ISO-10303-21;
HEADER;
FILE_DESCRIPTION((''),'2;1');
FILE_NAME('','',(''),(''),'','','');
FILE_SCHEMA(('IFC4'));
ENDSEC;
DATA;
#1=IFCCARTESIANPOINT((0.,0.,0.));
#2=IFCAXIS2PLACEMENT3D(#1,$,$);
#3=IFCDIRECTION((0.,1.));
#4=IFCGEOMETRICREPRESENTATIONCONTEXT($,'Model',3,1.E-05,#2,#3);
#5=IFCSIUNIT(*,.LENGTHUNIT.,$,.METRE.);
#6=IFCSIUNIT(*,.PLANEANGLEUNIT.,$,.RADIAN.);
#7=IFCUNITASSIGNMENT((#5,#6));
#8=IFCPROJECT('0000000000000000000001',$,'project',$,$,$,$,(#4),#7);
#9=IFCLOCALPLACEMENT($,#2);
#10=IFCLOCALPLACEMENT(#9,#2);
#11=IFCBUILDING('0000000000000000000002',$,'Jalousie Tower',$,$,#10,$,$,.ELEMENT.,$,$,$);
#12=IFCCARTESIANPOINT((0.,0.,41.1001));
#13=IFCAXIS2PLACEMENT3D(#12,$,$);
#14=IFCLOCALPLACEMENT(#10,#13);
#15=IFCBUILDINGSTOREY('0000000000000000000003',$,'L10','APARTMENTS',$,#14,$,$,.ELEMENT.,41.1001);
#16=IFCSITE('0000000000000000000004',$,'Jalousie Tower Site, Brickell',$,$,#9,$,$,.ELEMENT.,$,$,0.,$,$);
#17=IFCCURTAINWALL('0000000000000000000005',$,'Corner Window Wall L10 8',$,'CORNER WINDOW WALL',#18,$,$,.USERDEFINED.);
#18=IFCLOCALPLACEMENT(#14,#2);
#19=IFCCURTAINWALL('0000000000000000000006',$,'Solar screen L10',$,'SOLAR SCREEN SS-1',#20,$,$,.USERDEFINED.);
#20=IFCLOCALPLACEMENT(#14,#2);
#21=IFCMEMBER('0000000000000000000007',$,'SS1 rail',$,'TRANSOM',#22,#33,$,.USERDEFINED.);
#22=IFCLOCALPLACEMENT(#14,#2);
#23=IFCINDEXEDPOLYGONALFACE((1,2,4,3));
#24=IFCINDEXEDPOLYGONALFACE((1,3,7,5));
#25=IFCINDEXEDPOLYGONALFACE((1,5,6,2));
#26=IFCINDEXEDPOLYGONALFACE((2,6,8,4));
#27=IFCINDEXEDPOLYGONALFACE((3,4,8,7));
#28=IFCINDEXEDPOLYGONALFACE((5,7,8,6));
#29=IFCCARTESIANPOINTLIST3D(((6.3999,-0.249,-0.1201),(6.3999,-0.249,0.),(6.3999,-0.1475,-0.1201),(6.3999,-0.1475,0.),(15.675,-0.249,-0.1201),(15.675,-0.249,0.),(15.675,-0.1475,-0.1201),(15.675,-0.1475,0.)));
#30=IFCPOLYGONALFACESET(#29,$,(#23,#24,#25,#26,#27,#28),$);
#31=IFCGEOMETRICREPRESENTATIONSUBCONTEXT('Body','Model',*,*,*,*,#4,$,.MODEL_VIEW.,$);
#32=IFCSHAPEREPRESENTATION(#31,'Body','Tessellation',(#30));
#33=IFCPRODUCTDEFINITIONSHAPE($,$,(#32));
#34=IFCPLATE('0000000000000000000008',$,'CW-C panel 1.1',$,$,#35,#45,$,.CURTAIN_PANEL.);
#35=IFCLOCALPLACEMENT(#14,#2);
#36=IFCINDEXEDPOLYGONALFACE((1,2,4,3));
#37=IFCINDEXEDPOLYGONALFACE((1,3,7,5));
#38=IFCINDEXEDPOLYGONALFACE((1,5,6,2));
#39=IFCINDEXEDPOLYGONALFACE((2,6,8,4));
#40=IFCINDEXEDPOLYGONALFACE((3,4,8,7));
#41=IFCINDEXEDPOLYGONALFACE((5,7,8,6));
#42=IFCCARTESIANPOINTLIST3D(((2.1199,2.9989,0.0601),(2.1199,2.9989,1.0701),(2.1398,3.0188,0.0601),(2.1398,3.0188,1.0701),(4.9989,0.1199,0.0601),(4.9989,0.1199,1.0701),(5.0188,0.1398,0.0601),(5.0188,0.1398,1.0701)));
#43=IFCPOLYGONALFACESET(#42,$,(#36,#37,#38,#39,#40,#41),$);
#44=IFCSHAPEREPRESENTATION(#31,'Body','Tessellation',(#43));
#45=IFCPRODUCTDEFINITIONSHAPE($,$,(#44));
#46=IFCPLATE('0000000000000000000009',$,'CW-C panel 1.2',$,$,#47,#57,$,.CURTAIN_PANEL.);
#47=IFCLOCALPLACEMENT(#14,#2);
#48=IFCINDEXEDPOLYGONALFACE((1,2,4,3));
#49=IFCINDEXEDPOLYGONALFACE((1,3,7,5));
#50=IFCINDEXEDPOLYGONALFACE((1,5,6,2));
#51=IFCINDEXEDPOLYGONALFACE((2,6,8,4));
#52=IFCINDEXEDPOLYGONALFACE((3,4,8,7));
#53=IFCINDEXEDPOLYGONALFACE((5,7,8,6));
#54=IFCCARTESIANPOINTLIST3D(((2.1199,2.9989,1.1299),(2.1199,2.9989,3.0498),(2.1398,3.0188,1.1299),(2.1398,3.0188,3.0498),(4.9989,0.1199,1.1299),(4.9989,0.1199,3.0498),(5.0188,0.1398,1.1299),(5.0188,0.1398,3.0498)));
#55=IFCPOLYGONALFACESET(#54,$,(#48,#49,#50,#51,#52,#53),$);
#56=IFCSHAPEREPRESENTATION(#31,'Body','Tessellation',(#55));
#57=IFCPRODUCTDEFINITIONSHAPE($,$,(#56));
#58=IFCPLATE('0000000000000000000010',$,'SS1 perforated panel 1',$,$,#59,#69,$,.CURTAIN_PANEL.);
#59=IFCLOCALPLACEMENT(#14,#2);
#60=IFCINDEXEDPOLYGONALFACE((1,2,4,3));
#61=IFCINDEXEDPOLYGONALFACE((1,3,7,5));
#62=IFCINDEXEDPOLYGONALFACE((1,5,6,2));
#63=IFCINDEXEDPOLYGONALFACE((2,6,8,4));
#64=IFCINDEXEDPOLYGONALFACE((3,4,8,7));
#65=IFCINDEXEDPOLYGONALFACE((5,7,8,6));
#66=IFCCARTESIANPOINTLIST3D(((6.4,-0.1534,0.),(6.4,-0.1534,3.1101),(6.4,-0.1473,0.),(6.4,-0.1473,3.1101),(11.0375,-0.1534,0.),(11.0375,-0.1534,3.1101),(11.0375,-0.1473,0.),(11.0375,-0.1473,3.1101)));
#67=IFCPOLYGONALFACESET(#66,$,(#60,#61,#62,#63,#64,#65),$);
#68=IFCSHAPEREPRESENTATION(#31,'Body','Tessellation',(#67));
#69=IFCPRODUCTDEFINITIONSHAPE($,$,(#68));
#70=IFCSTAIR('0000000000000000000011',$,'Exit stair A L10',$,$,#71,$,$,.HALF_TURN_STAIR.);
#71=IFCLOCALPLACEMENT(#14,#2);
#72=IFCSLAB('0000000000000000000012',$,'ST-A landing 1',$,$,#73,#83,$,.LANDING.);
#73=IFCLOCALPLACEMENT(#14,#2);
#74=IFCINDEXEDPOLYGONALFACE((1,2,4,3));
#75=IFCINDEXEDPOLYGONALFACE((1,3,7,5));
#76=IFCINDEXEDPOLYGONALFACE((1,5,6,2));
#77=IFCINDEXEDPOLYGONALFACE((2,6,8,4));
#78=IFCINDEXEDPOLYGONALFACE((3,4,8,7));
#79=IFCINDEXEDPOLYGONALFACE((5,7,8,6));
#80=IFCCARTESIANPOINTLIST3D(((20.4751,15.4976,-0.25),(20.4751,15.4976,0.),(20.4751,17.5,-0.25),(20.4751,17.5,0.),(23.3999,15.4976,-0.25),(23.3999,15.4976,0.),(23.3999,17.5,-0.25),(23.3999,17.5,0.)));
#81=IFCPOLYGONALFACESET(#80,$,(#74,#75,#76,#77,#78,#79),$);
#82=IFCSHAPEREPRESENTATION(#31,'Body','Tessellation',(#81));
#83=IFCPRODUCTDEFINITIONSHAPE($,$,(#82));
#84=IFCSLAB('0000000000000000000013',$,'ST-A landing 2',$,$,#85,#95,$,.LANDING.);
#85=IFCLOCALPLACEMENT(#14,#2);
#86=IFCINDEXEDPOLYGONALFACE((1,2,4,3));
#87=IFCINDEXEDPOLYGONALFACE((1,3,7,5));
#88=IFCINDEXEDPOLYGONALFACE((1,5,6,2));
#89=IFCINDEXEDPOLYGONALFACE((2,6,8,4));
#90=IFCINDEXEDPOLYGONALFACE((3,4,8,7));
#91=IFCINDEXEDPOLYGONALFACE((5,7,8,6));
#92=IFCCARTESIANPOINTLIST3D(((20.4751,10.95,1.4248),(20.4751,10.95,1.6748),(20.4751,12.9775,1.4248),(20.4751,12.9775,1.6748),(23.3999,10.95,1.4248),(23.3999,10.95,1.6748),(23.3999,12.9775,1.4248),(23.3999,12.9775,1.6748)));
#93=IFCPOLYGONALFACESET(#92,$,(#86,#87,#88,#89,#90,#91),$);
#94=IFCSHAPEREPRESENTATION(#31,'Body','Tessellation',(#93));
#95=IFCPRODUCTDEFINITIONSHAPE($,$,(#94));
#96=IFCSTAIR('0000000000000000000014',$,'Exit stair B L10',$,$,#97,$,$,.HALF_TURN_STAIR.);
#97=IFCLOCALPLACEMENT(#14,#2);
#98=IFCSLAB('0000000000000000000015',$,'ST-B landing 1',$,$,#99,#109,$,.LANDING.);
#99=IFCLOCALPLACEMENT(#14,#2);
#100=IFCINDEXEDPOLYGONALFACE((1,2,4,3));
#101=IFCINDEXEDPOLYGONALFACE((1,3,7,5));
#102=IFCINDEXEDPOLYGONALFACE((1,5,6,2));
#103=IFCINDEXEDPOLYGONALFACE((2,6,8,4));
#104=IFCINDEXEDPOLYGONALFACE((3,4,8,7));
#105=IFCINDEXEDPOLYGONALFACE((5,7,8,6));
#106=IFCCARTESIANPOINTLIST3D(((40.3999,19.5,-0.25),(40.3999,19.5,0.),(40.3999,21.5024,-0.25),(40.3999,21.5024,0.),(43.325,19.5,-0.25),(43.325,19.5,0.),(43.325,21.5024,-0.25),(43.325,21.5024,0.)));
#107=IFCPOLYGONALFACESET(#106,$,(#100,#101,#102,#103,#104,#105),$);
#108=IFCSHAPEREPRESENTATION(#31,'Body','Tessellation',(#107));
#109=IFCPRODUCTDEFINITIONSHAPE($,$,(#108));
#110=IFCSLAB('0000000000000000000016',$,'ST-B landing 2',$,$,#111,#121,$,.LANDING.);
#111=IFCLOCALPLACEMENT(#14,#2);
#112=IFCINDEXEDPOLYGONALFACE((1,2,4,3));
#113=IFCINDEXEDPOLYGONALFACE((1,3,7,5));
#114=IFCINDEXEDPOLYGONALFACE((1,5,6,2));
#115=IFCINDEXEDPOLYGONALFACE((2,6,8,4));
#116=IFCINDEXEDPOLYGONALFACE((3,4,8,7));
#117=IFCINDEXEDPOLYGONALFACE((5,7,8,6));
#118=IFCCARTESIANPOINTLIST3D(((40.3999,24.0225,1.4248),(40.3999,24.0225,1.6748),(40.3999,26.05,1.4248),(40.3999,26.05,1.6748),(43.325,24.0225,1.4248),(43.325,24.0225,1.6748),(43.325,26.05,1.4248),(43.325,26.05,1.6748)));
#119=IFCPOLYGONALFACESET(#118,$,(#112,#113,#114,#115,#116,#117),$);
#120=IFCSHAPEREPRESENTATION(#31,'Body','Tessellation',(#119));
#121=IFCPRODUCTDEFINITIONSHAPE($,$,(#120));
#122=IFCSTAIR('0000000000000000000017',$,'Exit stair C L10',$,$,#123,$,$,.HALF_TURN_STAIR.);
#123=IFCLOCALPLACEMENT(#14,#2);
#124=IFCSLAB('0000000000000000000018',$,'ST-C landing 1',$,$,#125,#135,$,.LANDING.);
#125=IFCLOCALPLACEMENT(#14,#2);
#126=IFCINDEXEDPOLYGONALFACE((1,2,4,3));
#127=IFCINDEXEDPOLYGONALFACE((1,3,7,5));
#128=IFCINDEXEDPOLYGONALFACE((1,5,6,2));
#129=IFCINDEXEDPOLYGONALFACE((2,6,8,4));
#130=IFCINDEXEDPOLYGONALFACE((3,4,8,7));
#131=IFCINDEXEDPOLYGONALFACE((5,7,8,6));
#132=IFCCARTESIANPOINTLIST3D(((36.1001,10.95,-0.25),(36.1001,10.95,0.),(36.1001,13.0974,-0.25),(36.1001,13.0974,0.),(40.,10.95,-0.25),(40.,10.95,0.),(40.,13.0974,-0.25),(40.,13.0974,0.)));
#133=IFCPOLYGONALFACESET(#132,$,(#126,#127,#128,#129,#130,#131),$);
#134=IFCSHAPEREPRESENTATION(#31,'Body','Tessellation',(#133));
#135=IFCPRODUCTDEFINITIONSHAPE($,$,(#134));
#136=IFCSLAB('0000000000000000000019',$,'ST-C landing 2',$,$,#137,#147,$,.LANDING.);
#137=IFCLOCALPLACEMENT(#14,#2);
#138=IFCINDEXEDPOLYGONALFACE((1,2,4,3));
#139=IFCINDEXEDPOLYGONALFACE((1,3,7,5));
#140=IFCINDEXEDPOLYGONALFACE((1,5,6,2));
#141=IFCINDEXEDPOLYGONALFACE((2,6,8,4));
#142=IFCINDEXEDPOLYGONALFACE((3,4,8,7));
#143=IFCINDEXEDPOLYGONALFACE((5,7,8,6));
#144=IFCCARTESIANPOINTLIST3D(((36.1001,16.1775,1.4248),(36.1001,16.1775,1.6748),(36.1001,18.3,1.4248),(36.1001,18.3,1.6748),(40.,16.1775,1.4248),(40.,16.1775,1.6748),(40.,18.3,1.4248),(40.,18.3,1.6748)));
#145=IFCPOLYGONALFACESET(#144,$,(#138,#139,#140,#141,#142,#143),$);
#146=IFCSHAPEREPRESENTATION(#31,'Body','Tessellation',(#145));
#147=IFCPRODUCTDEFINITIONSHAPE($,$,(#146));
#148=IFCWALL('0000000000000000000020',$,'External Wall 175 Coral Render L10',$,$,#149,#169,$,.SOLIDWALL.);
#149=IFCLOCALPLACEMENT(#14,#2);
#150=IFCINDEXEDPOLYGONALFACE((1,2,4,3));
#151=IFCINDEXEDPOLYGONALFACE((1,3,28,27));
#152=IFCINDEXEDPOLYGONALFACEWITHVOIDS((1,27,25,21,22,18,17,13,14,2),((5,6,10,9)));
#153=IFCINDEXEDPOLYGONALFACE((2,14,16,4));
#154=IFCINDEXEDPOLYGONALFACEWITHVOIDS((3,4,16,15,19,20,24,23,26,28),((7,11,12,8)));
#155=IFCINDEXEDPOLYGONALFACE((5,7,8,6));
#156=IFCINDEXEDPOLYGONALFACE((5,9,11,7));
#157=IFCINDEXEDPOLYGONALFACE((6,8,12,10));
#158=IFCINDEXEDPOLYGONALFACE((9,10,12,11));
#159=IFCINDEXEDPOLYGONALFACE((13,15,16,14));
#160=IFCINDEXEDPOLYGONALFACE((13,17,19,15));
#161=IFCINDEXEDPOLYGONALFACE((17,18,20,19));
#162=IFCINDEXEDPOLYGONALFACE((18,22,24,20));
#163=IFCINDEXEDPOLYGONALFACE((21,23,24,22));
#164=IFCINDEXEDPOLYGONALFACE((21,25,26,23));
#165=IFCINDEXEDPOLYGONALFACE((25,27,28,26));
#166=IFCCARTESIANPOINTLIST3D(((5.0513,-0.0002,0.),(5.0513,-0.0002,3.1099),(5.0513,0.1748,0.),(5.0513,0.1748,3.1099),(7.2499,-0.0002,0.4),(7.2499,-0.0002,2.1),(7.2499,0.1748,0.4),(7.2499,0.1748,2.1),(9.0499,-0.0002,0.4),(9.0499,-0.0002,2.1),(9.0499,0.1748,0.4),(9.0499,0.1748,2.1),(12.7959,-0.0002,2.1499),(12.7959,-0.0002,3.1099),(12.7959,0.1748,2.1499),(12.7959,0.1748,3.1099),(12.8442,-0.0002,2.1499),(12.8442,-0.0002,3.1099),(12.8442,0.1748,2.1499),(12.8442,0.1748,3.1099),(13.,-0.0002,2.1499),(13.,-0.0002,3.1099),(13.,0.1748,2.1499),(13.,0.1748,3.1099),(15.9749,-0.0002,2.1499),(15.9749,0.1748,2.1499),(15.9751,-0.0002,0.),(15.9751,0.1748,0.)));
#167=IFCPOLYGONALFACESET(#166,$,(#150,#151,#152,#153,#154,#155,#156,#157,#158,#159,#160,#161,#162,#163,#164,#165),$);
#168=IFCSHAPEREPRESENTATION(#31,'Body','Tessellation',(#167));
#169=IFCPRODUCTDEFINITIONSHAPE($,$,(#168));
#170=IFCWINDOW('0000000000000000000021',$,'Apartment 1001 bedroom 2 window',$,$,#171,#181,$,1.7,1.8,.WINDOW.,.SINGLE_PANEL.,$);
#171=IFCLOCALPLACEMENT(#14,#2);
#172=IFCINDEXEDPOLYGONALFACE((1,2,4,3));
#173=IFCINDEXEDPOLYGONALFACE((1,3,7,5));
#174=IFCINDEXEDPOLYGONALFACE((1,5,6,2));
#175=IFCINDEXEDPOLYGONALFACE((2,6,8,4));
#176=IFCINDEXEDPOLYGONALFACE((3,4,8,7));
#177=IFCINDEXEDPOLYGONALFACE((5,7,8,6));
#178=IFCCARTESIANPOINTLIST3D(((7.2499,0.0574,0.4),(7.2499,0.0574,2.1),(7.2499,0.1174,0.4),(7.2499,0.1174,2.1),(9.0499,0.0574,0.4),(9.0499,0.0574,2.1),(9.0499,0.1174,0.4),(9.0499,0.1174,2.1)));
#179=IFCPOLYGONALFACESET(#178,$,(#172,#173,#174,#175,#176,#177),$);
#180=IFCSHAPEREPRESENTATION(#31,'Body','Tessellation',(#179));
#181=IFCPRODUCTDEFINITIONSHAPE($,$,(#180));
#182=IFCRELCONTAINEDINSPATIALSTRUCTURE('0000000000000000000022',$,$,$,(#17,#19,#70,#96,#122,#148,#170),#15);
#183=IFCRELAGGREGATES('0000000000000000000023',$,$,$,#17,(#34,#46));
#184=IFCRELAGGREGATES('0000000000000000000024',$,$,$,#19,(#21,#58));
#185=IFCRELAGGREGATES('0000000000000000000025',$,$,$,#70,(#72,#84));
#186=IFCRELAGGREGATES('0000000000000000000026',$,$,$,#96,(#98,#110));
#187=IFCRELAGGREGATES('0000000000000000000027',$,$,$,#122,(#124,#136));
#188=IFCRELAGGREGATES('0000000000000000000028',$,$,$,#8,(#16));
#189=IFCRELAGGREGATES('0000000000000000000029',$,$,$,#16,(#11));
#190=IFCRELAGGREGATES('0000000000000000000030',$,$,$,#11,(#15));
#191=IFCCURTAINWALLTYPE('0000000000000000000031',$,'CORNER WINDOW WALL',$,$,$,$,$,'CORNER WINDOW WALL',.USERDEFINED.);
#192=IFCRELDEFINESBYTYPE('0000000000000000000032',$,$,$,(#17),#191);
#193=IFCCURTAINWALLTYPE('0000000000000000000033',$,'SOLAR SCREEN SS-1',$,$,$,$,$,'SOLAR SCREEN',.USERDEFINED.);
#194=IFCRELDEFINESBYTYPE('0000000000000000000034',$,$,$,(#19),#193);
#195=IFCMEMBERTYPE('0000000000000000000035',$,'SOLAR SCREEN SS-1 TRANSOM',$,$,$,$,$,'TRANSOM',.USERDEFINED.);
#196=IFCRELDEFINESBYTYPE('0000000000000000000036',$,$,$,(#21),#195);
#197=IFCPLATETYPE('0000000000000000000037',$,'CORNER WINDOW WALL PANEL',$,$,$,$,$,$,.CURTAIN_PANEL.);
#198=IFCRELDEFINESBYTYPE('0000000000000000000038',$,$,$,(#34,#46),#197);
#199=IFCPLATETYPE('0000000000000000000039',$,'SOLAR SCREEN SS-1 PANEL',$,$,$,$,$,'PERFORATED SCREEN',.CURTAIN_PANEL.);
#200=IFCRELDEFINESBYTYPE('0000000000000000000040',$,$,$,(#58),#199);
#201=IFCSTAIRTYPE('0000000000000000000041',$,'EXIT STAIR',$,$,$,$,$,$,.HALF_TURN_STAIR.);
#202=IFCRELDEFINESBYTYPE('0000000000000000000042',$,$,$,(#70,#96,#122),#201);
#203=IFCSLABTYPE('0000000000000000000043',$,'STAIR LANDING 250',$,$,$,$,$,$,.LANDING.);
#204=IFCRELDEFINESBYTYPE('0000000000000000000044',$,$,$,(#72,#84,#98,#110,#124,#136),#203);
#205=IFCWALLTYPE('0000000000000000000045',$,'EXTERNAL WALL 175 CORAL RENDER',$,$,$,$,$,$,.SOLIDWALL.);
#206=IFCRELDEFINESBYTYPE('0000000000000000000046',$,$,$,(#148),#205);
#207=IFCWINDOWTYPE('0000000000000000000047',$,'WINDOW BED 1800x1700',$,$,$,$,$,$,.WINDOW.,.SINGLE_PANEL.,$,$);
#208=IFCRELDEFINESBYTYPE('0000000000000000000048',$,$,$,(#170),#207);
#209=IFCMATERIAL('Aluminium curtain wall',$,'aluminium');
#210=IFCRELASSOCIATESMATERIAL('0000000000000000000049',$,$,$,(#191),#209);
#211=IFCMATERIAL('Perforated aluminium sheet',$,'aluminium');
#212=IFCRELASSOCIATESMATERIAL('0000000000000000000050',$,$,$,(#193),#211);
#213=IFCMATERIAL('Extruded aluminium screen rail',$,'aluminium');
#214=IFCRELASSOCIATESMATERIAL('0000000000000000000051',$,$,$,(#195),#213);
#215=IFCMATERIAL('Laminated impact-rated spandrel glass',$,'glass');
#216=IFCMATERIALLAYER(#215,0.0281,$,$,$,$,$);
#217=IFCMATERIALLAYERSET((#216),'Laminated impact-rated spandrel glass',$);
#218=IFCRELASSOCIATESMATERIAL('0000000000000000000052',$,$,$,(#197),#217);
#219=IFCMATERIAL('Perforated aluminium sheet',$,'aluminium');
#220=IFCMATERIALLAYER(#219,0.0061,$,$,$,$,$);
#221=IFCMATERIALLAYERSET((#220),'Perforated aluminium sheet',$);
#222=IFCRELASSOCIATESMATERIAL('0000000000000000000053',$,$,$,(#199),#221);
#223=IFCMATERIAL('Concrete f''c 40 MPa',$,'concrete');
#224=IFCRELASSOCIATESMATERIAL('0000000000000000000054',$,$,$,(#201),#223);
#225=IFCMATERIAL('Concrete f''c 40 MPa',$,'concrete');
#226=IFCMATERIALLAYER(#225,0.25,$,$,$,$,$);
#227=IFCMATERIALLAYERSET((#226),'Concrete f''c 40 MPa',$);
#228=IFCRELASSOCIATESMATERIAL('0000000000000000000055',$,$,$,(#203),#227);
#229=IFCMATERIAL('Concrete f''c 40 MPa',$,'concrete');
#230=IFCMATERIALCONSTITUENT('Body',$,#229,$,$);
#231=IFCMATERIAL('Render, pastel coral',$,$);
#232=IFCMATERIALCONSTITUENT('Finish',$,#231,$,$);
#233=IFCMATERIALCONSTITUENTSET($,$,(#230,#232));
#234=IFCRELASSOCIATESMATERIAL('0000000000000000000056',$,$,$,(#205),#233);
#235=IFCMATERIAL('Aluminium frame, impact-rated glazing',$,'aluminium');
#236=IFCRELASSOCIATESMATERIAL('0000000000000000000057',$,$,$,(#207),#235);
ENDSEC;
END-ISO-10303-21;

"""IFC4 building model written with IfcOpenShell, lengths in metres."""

from ifc_helpers import new_model, si_unit, direction, frame, frame_2d, origin, origin_2d, place, context, subcontext, project, spatial, polyline, rectangle, outline, extrude, material, layer, layer_set, constituent, constituent_set, material_profile, profile_set, type_object, element, fill, aggregate, save


model = new_model("IFC4")

# Units and contexts
model_context = context("Model", 3, precision=1e-05, world=origin(), true_north=direction((0.0, 1.0)))
body_context = subcontext(model_context, "Body", "Model", "MODEL_VIEW")
ifc_project = project(units=[si_unit("LENGTHUNIT", "METRE"), si_unit("PLANEANGLEUNIT", "RADIAN")], contexts=[model_context])

# Site, building, storey
site_placement = place(None, origin())
site = spatial("IfcSite", under=ifc_project, at=site_placement, Name="Jalousie Tower Site, Brickell", CompositionType="ELEMENT", RefElevation=0.0)
building_placement = place(site_placement, origin())
building = spatial("IfcBuilding", under=site, at=building_placement, Name="Jalousie Tower", CompositionType="ELEMENT")
storey_placement = place(building_placement, frame((0.0, 0.0, 41.1001)))
storey = spatial("IfcBuildingStorey", under=building, at=storey_placement, Name="L10", Description="APARTMENTS", CompositionType="ELEMENT", Elevation=41.1001)

# Curtain wall
ifc_material_1 = material(Name="Aluminium curtain wall", Category="aluminium")
curtain_wall_type_1 = type_object("IfcCurtainWallType", Name="CORNER WINDOW WALL", ElementType="CORNER WINDOW WALL", PredefinedType="USERDEFINED", material=ifc_material_1)
curtain_wall_1_placement = place(storey_placement, origin())
curtain_wall_1 = element("IfcCurtainWall", 1, at=curtain_wall_1_placement, inside=storey, type_object=curtain_wall_type_1, Name="Corner Window Wall L10 8", ObjectType="CORNER WINDOW WALL", PredefinedType="USERDEFINED")

# Curtain wall, member
ifc_material_2 = material(Name="Perforated aluminium sheet", Category="aluminium")
curtain_wall_type_2 = type_object("IfcCurtainWallType", Name="SOLAR SCREEN SS-1", ElementType="SOLAR SCREEN", PredefinedType="USERDEFINED", material=ifc_material_2)
curtain_wall_2_placement = place(storey_placement, origin())
curtain_wall_2 = element("IfcCurtainWall", 2, at=curtain_wall_2_placement, inside=storey, type_object=curtain_wall_type_2, Name="Solar screen L10", ObjectType="SOLAR SCREEN SS-1", PredefinedType="USERDEFINED")
ifc_material_3 = material(Name="Extruded aluminium screen rail", Category="aluminium")
ifc_material_profile_1 = material_profile(ifc_material_3, rectangle(XDim=0.1016, YDim=0.1201, at=origin_2d()), Name="RAIL 102x120")
ifc_profile_set_1 = profile_set([ifc_material_profile_1], Name="Extruded aluminium screen rail")
member_type_1 = type_object("IfcMemberType", Name="SOLAR SCREEN SS-1 TRANSOM", ElementType="TRANSOM", PredefinedType="USERDEFINED", material=ifc_profile_set_1)
member_1_placement = place(storey_placement, frame((6.3999, -0.1982, -0.0601), z_axis=(1.0, 0.0, 0.0), x_axis=(0.0, 1.0, 0.0)))
member_1 = element("IfcMember", 3, at=member_1_placement, type_object=member_type_1, Name="SS1 rail", ObjectType="TRANSOM", PredefinedType="USERDEFINED", context=body_context, shape_type="SweptSolid", body=[
    extrude(rectangle(XDim=0.1016, YDim=0.1201, at=origin_2d()), origin(), (0.0, 0.0, 1.0), 9.2751),
])

# Plates
ifc_material_4 = material(Name="Laminated impact-rated spandrel glass", Category="glass")
ifc_layer_1 = layer(ifc_material_4, 0.0281)
ifc_layer_set_1 = layer_set([ifc_layer_1], Name="Laminated impact-rated spandrel glass")
plate_type_1 = type_object("IfcPlateType", Name="CORNER WINDOW WALL PANEL", PredefinedType="CURTAIN_PANEL", material=ifc_layer_set_1)
plate_1_placement = place(storey_placement, frame((3.5693, 1.5693, 0.0601), z_axis=(0.0, 0.0, 1.0), x_axis=(0.707107, -0.707107, 0.0)))
plate_1 = element("IfcPlate", 4, at=plate_1_placement, type_object=plate_type_1, Name="CW-C panel 1.1", PredefinedType="CURTAIN_PANEL", context=body_context, shape_type="SweptSolid", body=[
    extrude(rectangle(XDim=4.0715, YDim=0.0281, at=origin_2d()), origin(), (0.0, 0.0, 1.0), 1.01),
])
plate_2_placement = place(storey_placement, frame((3.5693, 1.5693, 1.1299), z_axis=(0.0, 0.0, 1.0), x_axis=(0.707107, -0.707107, 0.0)))
plate_2 = element("IfcPlate", 5, at=plate_2_placement, type_object=plate_type_1, Name="CW-C panel 1.2", PredefinedType="CURTAIN_PANEL", context=body_context, shape_type="SweptSolid", body=[
    extrude(rectangle(XDim=4.0715, YDim=0.0281, at=origin_2d()), origin(), (0.0, 0.0, 1.0), 1.9199),
])
aggregate(curtain_wall_1, [plate_1, plate_2])

# Plate
ifc_material_5 = material(Name="Perforated aluminium sheet", Category="aluminium")
ifc_layer_2 = layer(ifc_material_5, 0.0061)
ifc_layer_set_2 = layer_set([ifc_layer_2], Name="Perforated aluminium sheet")
plate_type_2 = type_object("IfcPlateType", Name="SOLAR SCREEN SS-1 PANEL", ElementType="PERFORATED SCREEN", PredefinedType="CURTAIN_PANEL", material=ifc_layer_set_2)
plate_3_placement = place(storey_placement, frame((8.7188, -0.1504, 0.0), z_axis=(0.0, 0.0, 1.0), x_axis=(1.0, 0.0, 0.0)))
plate_3 = element("IfcPlate", 6, at=plate_3_placement, type_object=plate_type_2, Name="SS1 perforated panel 1", PredefinedType="CURTAIN_PANEL", context=body_context, shape_type="SweptSolid", body=[
    extrude(rectangle(XDim=4.6375, YDim=0.0061, at=origin_2d()), origin(), (0.0, 0.0, 1.0), 3.1101),
])
aggregate(curtain_wall_2, [member_1, plate_3])

# Stairs, slabs
ifc_material_6 = material(Name="Concrete f'c 40 MPa", Category="concrete")
stair_type = type_object("IfcStairType", Name="EXIT STAIR", PredefinedType="HALF_TURN_STAIR", material=ifc_material_6)
stair_1_placement = place(storey_placement, origin())
stair_1 = element("IfcStair", 7, at=stair_1_placement, inside=storey, type_object=stair_type, Name="Exit stair A L10", PredefinedType="HALF_TURN_STAIR")
ifc_material_7 = material(Name="Concrete f'c 40 MPa", Category="concrete")
ifc_layer_3 = layer(ifc_material_7, 0.25)
ifc_layer_set_3 = layer_set([ifc_layer_3], Name="Concrete f'c 40 MPa")
slab_type_1 = type_object("IfcSlabType", Name="STAIR LANDING 250", PredefinedType="LANDING", material=ifc_layer_set_3)
slab_1_placement = place(storey_placement, frame((0.0, 0.0, -0.25)))
slab_1 = element("IfcSlab", 8, at=slab_1_placement, type_object=slab_type_1, Name="ST-A landing 1", PredefinedType="LANDING", context=body_context, shape_type="SweptSolid", body=[
    extrude(outline(polyline([(20.4751, 15.4976), (23.3999, 15.4976), (23.3999, 17.5), (20.4751, 17.5), (20.4751, 15.4976)])), origin(), (0.0, 0.0, 1.0), 0.25),
])
slab_2_placement = place(storey_placement, frame((0.0, 0.0, 1.4248)))
slab_2 = element("IfcSlab", 9, at=slab_2_placement, type_object=slab_type_1, Name="ST-A landing 2", PredefinedType="LANDING", context=body_context, shape_type="SweptSolid", body=[
    extrude(outline(polyline([(20.4751, 10.95), (23.3999, 10.95), (23.3999, 12.9775), (20.4751, 12.9775), (20.4751, 10.95)])), origin(), (0.0, 0.0, 1.0), 0.25),
])
aggregate(stair_1, [slab_1, slab_2])
stair_2_placement = place(storey_placement, origin())
stair_2 = element("IfcStair", 10, at=stair_2_placement, inside=storey, type_object=stair_type, Name="Exit stair B L10", PredefinedType="HALF_TURN_STAIR")
slab_3_placement = place(storey_placement, frame((0.0, 0.0, -0.25)))
slab_3 = element("IfcSlab", 11, at=slab_3_placement, type_object=slab_type_1, Name="ST-B landing 1", PredefinedType="LANDING", context=body_context, shape_type="SweptSolid", body=[
    extrude(outline(polyline([(40.3999, 19.5), (43.325, 19.5), (43.325, 21.5024), (40.3999, 21.5024), (40.3999, 19.5)])), origin(), (0.0, 0.0, 1.0), 0.25),
])
slab_4_placement = place(storey_placement, frame((0.0, 0.0, 1.4248)))
slab_4 = element("IfcSlab", 12, at=slab_4_placement, type_object=slab_type_1, Name="ST-B landing 2", PredefinedType="LANDING", context=body_context, shape_type="SweptSolid", body=[
    extrude(outline(polyline([(40.3999, 24.0225), (43.325, 24.0225), (43.325, 26.05), (40.3999, 26.05), (40.3999, 24.0225)])), origin(), (0.0, 0.0, 1.0), 0.25),
])
aggregate(stair_2, [slab_3, slab_4])
stair_3_placement = place(storey_placement, origin())
stair_3 = element("IfcStair", 13, at=stair_3_placement, inside=storey, type_object=stair_type, Name="Exit stair C L10", PredefinedType="HALF_TURN_STAIR")
slab_5_placement = place(storey_placement, frame((0.0, 0.0, -0.25)))
slab_5 = element("IfcSlab", 14, at=slab_5_placement, type_object=slab_type_1, Name="ST-C landing 1", PredefinedType="LANDING", context=body_context, shape_type="SweptSolid", body=[
    extrude(outline(polyline([(36.1001, 10.95), (40.0, 10.95), (40.0, 13.0974), (36.1001, 13.0974), (36.1001, 10.95)])), origin(), (0.0, 0.0, 1.0), 0.25),
])
slab_6_placement = place(storey_placement, frame((0.0, 0.0, 1.4248)))
slab_6 = element("IfcSlab", 15, at=slab_6_placement, type_object=slab_type_1, Name="ST-C landing 2", PredefinedType="LANDING", context=body_context, shape_type="SweptSolid", body=[
    extrude(outline(polyline([(36.1001, 16.1775), (40.0, 16.1775), (40.0, 18.3), (36.1001, 18.3), (36.1001, 16.1775)])), origin(), (0.0, 0.0, 1.0), 0.25),
])
aggregate(stair_3, [slab_5, slab_6])

# Wall, opening, window
ifc_material_8 = material(Name="Concrete f'c 40 MPa", Category="concrete")
ifc_constituent_1 = constituent(ifc_material_8, Name="Body")
ifc_material_9 = material(Name="Render, pastel coral")
ifc_constituent_2 = constituent(ifc_material_9, Name="Finish")
ifc_constituent_set_1 = constituent_set(constituents=[ifc_constituent_1, ifc_constituent_2])
wall_type_1 = type_object("IfcWallType", Name="EXTERNAL WALL 175 CORAL RENDER", PredefinedType="SOLIDWALL", material=ifc_constituent_set_1)
wall_1_placement = place(storey_placement, frame((5.0513, 0.0874, 0.0), z_axis=(0.0, 0.0, 1.0), x_axis=(1.0, 0.0, 0.0)))
wall_1 = element("IfcWall", 16, at=wall_1_placement, inside=storey, type_object=wall_type_1, Name="External Wall 175 Coral Render L10", PredefinedType="SOLIDWALL", context=body_context, shape_type="SweptSolid", body=[
    extrude(outline(polyline([(0.0, 0.0), (10.9238, 0.0), (10.9236, 2.1499), (7.9487, 2.1499), (7.9487, 3.1099), (7.793, 3.1099), (7.793, 2.1499), (7.7446, 2.1499), (7.7446, 3.1099), (0.0, 3.1099), (0.0, 0.0)])), frame((0.0, 0.0874, 0.0), z_axis=(0.0, -1.0, 0.0), x_axis=(1.0, 0.0, 0.0)), (0.0, 0.0, 1.0), 0.175),
])
opening_1_placement = place(wall_1_placement, frame((2.1987, 0.0, 0.3999)))
opening_1 = element("IfcOpeningElement", 17, at=opening_1_placement, cuts=wall_1, PredefinedType="OPENING", context=body_context, shape_type="SweptSolid", body=[
    extrude(rectangle(XDim=1.8, YDim=1.7, at=frame_2d((0.8999, 0.8501))), frame((0.0, 0.0974, 0.0), z_axis=(0.0, -1.0, 0.0), x_axis=(1.0, 0.0, 0.0)), (0.0, 0.0, 1.0), 0.1951),
])
ifc_material_10 = material(Name="Aluminium frame, impact-rated glazing", Category="aluminium")
window_type = type_object("IfcWindowType", Name="WINDOW BED 1800x1700", PartitioningType="SINGLE_PANEL", PredefinedType="WINDOW", material=ifc_material_10)
window_placement = place(opening_1_placement, origin())
window = element("IfcWindow", 18, at=window_placement, inside=storey, type_object=window_type, Name="Apartment 1001 bedroom 2 window", OverallHeight=1.7, OverallWidth=1.8, PartitioningType="SINGLE_PANEL", PredefinedType="WINDOW", context=body_context, shape_type="SweptSolid", body=[
    extrude(rectangle(XDim=1.8, YDim=1.7, at=frame_2d((0.8999, 0.8501))), frame((0.0, 0.03, 0.0), z_axis=(0.0, -1.0, 0.0), x_axis=(1.0, 0.0, 0.0)), (0.0, 0.0, 1.0), 0.0601),
])
fill(opening_1, window)

save(model, "model.ifc")
